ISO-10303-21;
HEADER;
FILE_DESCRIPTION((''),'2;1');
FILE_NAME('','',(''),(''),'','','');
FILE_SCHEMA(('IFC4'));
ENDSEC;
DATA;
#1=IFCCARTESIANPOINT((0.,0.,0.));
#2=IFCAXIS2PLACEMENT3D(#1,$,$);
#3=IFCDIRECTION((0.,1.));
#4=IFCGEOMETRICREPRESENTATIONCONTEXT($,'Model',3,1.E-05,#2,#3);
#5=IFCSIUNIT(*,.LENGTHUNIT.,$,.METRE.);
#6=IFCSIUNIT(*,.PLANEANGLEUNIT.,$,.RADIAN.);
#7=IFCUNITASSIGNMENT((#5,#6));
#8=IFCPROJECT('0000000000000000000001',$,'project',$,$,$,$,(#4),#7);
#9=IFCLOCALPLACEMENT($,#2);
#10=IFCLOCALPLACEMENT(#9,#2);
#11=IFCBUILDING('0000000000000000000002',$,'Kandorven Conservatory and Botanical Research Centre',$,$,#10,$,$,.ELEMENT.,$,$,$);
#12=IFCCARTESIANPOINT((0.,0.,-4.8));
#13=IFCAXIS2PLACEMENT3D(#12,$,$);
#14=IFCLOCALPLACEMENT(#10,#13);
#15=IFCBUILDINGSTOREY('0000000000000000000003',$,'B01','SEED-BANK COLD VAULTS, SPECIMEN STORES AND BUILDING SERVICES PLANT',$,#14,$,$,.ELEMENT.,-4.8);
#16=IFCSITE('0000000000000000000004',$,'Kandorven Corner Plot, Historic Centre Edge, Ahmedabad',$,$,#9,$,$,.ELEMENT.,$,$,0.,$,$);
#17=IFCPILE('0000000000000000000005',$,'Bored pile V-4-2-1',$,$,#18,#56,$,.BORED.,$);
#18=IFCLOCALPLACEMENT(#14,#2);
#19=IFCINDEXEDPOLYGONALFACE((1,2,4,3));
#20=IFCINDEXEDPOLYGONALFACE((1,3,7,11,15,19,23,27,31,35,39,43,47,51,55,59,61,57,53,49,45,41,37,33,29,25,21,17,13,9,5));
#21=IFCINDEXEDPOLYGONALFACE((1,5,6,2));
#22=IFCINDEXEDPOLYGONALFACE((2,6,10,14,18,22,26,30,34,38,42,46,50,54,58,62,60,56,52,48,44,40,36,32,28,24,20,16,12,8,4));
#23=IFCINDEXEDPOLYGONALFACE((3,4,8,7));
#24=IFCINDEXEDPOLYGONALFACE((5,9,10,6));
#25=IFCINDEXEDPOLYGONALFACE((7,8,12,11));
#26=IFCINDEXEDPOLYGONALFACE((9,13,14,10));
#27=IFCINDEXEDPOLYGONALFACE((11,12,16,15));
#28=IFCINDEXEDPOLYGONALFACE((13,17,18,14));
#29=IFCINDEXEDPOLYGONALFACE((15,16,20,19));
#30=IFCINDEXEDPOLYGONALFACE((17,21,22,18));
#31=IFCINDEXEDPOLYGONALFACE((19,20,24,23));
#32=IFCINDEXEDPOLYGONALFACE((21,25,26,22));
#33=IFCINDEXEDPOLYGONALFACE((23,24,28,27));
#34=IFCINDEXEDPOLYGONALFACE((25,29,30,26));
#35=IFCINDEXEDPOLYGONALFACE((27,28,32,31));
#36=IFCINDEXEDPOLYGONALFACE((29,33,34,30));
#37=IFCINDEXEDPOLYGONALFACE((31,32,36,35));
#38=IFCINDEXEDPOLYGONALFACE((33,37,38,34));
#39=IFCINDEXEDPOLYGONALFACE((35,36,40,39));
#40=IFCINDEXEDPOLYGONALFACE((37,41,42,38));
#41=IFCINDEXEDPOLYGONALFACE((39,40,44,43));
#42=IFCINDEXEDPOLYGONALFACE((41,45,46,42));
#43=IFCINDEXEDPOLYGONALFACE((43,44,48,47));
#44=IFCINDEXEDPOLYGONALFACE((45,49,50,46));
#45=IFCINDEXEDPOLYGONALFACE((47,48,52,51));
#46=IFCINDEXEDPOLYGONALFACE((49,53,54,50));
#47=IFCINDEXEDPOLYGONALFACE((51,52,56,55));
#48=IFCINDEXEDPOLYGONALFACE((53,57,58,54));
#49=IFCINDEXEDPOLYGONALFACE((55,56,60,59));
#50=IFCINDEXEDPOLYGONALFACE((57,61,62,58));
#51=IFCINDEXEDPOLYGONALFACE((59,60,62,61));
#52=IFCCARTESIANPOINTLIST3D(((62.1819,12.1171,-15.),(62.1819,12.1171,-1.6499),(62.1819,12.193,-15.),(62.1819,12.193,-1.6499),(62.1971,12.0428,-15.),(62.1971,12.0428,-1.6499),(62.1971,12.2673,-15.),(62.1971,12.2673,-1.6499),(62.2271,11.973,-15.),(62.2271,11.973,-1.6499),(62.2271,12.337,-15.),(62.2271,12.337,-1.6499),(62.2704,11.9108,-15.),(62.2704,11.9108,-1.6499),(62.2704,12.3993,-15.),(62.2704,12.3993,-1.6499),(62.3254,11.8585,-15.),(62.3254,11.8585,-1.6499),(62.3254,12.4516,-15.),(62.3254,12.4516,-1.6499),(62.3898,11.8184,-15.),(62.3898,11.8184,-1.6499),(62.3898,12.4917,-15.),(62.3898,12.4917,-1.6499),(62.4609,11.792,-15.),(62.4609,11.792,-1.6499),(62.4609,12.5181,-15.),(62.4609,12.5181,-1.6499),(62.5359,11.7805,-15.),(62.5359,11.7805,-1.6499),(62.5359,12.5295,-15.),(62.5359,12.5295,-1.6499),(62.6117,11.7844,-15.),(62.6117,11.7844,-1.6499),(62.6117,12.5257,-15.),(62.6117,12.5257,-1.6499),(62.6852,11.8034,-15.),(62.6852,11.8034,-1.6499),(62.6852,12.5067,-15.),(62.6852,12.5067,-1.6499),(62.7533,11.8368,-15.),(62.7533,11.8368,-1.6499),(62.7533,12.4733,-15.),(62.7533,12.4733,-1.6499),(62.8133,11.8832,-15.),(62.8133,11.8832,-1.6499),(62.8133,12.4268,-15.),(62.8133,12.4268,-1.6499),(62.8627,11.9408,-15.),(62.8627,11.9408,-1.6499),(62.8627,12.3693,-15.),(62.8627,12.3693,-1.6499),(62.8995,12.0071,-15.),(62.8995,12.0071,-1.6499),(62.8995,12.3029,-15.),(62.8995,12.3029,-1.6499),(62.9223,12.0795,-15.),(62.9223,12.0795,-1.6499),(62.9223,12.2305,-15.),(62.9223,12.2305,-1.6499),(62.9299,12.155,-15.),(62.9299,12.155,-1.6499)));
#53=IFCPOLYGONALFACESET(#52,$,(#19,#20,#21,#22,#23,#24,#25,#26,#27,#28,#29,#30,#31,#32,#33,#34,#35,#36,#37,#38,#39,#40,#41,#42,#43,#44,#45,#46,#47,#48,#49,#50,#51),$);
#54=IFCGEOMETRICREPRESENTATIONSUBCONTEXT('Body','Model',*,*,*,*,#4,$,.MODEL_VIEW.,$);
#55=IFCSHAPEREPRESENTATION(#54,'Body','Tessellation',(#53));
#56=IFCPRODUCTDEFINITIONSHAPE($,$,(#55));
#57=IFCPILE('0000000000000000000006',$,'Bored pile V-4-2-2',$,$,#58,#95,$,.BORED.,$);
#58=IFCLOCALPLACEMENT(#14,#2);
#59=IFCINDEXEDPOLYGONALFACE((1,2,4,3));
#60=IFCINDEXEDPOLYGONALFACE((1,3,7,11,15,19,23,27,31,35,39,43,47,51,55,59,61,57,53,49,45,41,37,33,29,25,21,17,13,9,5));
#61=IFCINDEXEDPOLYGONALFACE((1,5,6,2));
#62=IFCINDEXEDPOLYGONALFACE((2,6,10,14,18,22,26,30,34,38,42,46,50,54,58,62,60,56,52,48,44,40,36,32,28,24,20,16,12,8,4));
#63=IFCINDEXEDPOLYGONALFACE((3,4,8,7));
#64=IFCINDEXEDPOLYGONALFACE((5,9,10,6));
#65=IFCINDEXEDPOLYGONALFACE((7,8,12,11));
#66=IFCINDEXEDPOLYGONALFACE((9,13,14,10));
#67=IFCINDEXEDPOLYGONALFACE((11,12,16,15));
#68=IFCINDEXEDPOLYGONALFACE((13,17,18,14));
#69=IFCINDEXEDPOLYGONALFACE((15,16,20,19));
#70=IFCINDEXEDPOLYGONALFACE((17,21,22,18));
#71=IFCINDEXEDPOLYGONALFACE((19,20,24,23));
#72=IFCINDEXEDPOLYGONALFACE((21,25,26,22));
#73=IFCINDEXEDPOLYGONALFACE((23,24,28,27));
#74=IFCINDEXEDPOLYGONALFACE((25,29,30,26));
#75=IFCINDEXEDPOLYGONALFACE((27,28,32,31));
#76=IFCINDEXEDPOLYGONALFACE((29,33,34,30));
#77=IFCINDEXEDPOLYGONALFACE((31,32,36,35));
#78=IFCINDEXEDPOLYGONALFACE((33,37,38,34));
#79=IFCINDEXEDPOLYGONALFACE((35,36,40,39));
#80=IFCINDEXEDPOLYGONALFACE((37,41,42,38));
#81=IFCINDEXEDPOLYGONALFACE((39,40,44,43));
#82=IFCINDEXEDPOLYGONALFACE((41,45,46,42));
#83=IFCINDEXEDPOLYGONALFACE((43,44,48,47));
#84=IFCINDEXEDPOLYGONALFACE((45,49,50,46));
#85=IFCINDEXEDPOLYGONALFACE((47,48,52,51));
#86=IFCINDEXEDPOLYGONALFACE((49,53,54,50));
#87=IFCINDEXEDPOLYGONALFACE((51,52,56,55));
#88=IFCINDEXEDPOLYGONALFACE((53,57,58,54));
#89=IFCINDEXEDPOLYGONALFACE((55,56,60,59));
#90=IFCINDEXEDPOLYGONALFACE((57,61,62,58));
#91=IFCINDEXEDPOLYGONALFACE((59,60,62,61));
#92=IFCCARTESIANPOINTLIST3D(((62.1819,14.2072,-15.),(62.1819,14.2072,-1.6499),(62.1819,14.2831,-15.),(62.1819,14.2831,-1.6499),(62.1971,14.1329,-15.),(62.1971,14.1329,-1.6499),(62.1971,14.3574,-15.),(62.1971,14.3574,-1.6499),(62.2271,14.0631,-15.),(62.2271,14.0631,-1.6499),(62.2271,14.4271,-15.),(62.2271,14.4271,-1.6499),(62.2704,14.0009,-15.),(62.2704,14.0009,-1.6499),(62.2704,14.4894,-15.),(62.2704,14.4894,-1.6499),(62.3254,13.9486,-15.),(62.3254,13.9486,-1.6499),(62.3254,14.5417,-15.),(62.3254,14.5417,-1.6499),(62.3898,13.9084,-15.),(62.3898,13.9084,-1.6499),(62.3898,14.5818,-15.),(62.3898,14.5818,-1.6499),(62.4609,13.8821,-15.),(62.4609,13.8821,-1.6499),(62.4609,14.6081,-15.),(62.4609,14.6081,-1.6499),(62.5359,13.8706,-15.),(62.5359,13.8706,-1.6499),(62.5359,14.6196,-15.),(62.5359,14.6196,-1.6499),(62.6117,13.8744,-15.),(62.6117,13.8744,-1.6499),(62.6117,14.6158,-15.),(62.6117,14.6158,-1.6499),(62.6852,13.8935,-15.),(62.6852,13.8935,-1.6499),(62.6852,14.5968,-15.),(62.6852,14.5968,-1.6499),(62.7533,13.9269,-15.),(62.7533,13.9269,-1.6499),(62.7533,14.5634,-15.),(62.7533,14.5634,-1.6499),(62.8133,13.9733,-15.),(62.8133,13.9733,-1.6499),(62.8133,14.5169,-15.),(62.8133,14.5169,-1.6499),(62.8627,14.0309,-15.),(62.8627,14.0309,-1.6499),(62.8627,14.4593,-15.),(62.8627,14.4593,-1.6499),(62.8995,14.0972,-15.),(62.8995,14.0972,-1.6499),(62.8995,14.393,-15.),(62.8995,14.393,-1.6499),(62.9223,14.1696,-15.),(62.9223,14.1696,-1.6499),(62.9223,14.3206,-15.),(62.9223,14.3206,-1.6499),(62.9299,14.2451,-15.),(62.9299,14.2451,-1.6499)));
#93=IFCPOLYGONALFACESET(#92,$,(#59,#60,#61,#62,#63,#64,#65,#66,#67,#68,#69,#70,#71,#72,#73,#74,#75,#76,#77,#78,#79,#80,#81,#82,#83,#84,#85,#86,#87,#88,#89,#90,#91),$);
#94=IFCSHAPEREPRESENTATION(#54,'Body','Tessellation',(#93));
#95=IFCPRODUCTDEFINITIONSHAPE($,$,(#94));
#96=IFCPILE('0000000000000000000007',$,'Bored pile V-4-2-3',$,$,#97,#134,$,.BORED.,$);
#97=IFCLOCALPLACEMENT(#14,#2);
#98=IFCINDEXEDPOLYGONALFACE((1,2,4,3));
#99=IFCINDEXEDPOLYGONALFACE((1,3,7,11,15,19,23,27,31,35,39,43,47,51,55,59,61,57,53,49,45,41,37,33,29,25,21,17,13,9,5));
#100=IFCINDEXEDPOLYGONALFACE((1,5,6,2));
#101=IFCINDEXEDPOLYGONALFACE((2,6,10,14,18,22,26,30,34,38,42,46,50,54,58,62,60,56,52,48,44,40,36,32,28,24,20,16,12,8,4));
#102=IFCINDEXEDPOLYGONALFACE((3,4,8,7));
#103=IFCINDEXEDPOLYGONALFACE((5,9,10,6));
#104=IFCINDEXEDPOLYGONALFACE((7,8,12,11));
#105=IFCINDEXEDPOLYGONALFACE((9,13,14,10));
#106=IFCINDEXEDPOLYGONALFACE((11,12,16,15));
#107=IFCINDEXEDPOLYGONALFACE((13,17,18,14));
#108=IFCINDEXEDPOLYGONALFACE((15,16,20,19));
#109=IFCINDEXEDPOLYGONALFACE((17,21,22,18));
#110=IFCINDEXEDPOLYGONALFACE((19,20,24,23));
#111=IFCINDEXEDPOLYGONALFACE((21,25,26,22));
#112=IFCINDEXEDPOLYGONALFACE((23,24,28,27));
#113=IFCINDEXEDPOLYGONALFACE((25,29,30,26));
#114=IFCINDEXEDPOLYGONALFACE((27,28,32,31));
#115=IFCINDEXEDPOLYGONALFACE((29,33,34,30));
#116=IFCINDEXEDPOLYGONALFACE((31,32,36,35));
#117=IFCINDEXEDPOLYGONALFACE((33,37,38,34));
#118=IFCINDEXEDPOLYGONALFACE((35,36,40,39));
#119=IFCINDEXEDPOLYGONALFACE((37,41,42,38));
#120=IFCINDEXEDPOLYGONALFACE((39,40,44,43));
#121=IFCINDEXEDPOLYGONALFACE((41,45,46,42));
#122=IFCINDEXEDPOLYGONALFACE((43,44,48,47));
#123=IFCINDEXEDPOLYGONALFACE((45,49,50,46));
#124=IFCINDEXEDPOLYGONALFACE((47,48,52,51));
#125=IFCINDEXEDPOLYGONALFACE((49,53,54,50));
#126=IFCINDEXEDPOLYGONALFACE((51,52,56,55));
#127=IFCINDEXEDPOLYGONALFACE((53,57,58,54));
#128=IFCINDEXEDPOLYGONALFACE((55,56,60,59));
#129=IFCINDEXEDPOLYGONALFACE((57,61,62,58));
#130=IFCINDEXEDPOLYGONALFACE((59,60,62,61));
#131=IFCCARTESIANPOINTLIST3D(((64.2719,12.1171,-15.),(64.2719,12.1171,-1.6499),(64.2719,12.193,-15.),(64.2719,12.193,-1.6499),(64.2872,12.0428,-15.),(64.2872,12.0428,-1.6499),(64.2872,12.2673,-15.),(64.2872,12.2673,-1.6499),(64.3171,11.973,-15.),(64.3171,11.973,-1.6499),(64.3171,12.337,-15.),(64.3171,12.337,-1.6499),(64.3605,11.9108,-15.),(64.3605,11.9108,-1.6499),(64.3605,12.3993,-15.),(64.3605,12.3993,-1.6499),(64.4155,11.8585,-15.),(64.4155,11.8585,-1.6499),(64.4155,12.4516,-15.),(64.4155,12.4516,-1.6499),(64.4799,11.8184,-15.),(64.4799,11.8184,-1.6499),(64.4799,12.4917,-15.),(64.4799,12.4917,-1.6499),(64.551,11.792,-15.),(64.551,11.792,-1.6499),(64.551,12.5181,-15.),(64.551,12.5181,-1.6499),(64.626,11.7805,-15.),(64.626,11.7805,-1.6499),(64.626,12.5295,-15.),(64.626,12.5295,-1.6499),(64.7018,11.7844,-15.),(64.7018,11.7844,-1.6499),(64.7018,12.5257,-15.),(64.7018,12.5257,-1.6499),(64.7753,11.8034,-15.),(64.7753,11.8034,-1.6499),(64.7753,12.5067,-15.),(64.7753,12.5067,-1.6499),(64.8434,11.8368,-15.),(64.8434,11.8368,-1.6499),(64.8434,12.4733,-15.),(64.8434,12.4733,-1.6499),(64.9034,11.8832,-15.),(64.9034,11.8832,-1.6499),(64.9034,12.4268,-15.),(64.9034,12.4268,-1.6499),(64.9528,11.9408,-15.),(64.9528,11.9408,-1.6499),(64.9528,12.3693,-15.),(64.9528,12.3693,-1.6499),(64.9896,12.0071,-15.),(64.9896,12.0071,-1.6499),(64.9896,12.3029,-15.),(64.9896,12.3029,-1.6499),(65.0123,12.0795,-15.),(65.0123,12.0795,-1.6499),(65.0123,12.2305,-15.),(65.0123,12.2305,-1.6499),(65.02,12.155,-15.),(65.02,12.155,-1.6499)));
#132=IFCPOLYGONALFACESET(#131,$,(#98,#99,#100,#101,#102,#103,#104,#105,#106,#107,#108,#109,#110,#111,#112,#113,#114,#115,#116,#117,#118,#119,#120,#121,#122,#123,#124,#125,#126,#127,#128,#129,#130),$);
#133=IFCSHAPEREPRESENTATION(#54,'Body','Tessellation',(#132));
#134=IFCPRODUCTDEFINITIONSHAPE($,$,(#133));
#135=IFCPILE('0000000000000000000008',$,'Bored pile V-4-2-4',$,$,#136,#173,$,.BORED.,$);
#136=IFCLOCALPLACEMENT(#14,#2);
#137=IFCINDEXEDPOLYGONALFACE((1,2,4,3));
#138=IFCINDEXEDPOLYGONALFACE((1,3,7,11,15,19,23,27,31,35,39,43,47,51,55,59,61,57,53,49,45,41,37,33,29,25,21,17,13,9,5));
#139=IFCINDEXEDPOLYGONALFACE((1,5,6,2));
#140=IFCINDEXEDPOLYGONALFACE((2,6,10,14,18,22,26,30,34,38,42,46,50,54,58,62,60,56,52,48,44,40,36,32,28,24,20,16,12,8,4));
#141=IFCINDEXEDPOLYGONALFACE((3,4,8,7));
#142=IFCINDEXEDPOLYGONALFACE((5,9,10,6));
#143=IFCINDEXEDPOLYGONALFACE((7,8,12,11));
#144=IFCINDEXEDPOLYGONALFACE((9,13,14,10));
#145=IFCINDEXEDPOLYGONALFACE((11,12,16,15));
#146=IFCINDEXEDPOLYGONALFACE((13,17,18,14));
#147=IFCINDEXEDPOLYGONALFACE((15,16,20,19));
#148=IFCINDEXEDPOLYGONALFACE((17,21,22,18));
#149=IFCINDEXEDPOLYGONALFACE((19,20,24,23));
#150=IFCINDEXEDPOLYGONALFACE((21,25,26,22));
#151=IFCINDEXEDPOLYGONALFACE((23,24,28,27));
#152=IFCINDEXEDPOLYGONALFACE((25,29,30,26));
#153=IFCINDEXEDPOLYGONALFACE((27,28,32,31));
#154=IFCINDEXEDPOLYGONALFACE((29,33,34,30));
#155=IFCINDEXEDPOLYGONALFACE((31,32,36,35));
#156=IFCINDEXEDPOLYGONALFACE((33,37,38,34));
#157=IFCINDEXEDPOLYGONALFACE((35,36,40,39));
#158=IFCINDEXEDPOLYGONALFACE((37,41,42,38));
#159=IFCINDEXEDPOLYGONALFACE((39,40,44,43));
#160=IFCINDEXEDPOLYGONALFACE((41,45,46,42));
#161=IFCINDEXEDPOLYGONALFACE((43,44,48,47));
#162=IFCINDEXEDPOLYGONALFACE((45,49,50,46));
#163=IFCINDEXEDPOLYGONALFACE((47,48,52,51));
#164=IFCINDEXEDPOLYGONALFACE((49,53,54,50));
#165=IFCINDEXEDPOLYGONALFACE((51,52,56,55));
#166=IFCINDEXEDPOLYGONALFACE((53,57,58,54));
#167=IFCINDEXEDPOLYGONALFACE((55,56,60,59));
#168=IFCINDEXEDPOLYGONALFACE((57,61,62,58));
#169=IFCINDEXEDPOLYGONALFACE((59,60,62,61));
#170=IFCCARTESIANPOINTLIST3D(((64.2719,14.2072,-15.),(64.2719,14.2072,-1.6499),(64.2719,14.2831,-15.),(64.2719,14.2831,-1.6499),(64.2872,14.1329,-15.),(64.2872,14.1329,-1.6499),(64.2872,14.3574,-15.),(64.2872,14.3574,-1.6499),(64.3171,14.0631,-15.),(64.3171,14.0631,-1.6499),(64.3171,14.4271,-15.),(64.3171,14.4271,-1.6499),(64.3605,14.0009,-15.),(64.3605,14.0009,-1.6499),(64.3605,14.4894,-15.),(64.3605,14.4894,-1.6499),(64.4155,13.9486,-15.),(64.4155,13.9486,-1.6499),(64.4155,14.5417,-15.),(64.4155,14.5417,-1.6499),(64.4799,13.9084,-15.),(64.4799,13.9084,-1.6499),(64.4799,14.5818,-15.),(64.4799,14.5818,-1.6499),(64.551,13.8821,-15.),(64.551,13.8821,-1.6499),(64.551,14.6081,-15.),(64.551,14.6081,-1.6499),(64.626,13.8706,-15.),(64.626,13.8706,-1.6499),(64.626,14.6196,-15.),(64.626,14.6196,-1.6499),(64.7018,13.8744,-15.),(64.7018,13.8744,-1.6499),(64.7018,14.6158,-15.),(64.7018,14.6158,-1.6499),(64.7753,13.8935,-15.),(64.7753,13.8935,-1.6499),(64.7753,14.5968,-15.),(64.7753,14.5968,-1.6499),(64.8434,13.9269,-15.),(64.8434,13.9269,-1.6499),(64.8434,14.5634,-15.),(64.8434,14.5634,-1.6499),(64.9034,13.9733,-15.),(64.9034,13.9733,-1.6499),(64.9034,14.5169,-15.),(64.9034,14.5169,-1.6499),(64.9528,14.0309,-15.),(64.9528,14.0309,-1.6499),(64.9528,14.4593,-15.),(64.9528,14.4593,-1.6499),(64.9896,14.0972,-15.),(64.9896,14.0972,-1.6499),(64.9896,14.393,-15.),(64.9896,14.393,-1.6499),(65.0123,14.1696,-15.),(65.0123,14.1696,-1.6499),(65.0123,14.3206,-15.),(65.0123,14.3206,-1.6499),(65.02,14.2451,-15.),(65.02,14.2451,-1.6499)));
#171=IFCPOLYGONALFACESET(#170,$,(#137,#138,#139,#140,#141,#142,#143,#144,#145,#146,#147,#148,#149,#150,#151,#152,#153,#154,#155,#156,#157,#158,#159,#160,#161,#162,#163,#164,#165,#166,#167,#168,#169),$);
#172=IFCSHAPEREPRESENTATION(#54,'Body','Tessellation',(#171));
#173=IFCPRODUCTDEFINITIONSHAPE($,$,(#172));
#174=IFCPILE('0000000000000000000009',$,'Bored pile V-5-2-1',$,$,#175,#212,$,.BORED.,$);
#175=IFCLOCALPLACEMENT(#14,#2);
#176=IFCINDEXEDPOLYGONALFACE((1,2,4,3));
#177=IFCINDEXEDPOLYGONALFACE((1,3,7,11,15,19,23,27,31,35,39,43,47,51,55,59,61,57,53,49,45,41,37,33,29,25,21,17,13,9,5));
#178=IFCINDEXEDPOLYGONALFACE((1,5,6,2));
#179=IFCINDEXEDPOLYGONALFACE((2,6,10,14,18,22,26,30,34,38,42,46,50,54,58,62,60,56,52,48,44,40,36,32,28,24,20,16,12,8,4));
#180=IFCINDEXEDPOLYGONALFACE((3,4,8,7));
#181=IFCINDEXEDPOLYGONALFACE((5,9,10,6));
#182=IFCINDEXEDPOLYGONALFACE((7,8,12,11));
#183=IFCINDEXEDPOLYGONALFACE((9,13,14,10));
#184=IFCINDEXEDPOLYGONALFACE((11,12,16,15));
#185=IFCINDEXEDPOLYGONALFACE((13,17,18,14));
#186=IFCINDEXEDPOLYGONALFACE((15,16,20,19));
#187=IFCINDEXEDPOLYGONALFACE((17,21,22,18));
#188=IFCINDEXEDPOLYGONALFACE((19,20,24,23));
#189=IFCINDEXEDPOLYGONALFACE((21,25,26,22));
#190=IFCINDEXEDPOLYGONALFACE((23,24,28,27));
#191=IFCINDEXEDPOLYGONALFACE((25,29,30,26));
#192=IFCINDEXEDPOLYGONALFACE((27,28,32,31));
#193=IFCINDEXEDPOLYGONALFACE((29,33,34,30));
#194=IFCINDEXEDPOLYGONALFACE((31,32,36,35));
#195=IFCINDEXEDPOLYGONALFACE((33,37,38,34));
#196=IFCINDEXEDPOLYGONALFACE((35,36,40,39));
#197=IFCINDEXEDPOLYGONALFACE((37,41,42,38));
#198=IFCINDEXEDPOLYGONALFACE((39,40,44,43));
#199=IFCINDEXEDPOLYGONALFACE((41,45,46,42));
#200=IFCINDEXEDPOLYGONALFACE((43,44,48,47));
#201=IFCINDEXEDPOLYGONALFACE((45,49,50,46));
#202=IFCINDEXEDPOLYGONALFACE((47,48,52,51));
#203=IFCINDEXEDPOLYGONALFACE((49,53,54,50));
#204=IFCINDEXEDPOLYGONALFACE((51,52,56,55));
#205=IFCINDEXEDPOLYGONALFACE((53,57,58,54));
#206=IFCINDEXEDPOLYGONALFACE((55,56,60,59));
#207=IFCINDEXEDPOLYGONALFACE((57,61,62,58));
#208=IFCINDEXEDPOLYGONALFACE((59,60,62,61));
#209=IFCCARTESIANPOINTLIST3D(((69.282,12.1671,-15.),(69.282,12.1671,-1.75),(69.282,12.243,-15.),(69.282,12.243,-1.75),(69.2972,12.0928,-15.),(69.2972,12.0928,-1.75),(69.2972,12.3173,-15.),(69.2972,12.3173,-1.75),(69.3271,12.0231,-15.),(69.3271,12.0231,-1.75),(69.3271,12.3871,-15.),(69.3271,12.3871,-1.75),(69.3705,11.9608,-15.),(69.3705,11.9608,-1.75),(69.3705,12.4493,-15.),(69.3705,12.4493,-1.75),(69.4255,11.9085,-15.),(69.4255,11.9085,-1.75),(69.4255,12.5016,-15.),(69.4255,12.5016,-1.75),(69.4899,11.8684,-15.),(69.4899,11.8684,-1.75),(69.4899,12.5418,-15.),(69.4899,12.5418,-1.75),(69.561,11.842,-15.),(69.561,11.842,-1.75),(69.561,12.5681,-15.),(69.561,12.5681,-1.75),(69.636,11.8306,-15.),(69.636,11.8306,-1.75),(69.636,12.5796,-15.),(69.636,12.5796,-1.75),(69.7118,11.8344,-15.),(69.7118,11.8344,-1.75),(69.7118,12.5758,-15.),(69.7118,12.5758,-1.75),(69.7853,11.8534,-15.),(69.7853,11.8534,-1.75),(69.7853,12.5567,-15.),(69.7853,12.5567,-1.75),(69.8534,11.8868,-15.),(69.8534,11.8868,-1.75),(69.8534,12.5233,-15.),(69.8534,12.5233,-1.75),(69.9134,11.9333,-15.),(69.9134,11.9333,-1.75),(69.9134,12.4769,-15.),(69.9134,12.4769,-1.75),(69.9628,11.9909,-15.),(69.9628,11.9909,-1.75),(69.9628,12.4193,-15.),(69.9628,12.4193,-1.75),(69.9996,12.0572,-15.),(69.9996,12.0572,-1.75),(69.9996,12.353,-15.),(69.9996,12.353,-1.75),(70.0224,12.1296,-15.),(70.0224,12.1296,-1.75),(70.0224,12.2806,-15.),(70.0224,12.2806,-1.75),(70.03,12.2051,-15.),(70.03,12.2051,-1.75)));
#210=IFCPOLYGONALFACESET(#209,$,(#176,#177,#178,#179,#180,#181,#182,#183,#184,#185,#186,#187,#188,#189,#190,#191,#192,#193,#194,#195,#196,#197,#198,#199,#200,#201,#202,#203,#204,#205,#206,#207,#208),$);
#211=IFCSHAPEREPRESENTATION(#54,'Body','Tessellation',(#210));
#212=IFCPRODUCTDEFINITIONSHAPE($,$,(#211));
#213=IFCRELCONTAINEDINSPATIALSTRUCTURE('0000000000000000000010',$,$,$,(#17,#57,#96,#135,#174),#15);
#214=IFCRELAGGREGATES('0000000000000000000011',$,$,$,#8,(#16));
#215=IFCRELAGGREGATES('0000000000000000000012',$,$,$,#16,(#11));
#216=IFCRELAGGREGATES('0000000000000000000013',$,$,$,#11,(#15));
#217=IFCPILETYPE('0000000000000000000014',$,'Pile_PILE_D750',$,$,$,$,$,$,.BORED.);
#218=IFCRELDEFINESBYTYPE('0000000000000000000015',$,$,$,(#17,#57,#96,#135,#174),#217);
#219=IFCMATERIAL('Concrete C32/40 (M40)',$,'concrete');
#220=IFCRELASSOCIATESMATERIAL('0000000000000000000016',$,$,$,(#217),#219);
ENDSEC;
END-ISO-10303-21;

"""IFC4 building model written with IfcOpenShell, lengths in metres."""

from ifc_helpers import new_model, si_unit, direction, frame, origin, origin_2d, place, context, subcontext, project, spatial, circle, extrude, material, material_profile, profile_set, type_object, element, save


model = new_model("IFC4")

# Units and contexts
model_context = context("Model", 3, precision=1e-05, world=origin(), true_north=direction((0.0, 1.0)))
body_context = subcontext(model_context, "Body", "Model", "MODEL_VIEW")
ifc_project = project(units=[si_unit("LENGTHUNIT", "METRE"), si_unit("PLANEANGLEUNIT", "RADIAN")], contexts=[model_context])

# Site, building, storey
site_placement = place(None, origin())
site = spatial("IfcSite", under=ifc_project, at=site_placement, Name="Kandorven Corner Plot, Historic Centre Edge, Ahmedabad", CompositionType="ELEMENT", RefElevation=0.0)
building_placement = place(site_placement, origin())
building = spatial("IfcBuilding", under=site, at=building_placement, Name="Kandorven Conservatory and Botanical Research Centre", CompositionType="ELEMENT")
storey_placement = place(building_placement, frame((0.0, 0.0, -4.8)))
storey = spatial("IfcBuildingStorey", under=building, at=storey_placement, Name="B01", Description="SEED-BANK COLD VAULTS, SPECIMEN STORES AND BUILDING SERVICES PLANT", CompositionType="ELEMENT", Elevation=-4.8)

# Piles
ifc_material_1 = material(Name="Concrete C32/40 (M40)", Category="concrete")
ifc_material_profile_1 = material_profile(ifc_material_1, circle(Radius=0.375, at=origin_2d()))
ifc_profile_set_1 = profile_set([ifc_material_profile_1], Name="Concrete C32/40 (M40)")
pile_type = type_object("IfcPileType", Name="Pile_PILE_D750", PredefinedType="BORED", material=ifc_profile_set_1)
for number, where, z_axis, x_axis, name in (
    (1, (62.5549, 12.155, -1.6499), (0.0, 0.0, -1.0), (1.0, 0.0, 0.0), "Bored pile V-4-2-1"),
    (2, (62.5549, 14.2451, -1.6499), (0.0, 0.0, -1.0), (1.0, 0.0, 0.0), "Bored pile V-4-2-2"),
    (3, (64.645, 12.155, -1.6499), (0.0, 0.0, -1.0), (1.0, 0.0, 0.0), "Bored pile V-4-2-3"),
    (4, (64.645, 14.2451, -1.6499), (0.0, 0.0, -1.0), (1.0, 0.0, 0.0), "Bored pile V-4-2-4"),
):
    element("IfcPile", number, at=place(storey_placement, frame(where, z_axis=z_axis, x_axis=x_axis)), inside=storey, type_object=pile_type, Name=name, PredefinedType="BORED", context=body_context, shape_type="SweptSolid", body=[
        extrude(circle(Radius=0.375, at=origin_2d()), origin(), (0.0, 0.0, 1.0), 13.3501),
    ])
for number, where, z_axis, x_axis, name in (
    (5, (69.655, 12.2051, -1.75), (0.0, 0.0, -1.0), (1.0, 0.0, 0.0), "Bored pile V-5-2-1"),
):
    element("IfcPile", number, at=place(storey_placement, frame(where, z_axis=z_axis, x_axis=x_axis)), inside=storey, type_object=pile_type, Name=name, PredefinedType="BORED", context=body_context, shape_type="SweptSolid", body=[
        extrude(circle(Radius=0.375, at=origin_2d()), origin(), (0.0, 0.0, 1.0), 13.25),
    ])

save(model, "model.ifc")
